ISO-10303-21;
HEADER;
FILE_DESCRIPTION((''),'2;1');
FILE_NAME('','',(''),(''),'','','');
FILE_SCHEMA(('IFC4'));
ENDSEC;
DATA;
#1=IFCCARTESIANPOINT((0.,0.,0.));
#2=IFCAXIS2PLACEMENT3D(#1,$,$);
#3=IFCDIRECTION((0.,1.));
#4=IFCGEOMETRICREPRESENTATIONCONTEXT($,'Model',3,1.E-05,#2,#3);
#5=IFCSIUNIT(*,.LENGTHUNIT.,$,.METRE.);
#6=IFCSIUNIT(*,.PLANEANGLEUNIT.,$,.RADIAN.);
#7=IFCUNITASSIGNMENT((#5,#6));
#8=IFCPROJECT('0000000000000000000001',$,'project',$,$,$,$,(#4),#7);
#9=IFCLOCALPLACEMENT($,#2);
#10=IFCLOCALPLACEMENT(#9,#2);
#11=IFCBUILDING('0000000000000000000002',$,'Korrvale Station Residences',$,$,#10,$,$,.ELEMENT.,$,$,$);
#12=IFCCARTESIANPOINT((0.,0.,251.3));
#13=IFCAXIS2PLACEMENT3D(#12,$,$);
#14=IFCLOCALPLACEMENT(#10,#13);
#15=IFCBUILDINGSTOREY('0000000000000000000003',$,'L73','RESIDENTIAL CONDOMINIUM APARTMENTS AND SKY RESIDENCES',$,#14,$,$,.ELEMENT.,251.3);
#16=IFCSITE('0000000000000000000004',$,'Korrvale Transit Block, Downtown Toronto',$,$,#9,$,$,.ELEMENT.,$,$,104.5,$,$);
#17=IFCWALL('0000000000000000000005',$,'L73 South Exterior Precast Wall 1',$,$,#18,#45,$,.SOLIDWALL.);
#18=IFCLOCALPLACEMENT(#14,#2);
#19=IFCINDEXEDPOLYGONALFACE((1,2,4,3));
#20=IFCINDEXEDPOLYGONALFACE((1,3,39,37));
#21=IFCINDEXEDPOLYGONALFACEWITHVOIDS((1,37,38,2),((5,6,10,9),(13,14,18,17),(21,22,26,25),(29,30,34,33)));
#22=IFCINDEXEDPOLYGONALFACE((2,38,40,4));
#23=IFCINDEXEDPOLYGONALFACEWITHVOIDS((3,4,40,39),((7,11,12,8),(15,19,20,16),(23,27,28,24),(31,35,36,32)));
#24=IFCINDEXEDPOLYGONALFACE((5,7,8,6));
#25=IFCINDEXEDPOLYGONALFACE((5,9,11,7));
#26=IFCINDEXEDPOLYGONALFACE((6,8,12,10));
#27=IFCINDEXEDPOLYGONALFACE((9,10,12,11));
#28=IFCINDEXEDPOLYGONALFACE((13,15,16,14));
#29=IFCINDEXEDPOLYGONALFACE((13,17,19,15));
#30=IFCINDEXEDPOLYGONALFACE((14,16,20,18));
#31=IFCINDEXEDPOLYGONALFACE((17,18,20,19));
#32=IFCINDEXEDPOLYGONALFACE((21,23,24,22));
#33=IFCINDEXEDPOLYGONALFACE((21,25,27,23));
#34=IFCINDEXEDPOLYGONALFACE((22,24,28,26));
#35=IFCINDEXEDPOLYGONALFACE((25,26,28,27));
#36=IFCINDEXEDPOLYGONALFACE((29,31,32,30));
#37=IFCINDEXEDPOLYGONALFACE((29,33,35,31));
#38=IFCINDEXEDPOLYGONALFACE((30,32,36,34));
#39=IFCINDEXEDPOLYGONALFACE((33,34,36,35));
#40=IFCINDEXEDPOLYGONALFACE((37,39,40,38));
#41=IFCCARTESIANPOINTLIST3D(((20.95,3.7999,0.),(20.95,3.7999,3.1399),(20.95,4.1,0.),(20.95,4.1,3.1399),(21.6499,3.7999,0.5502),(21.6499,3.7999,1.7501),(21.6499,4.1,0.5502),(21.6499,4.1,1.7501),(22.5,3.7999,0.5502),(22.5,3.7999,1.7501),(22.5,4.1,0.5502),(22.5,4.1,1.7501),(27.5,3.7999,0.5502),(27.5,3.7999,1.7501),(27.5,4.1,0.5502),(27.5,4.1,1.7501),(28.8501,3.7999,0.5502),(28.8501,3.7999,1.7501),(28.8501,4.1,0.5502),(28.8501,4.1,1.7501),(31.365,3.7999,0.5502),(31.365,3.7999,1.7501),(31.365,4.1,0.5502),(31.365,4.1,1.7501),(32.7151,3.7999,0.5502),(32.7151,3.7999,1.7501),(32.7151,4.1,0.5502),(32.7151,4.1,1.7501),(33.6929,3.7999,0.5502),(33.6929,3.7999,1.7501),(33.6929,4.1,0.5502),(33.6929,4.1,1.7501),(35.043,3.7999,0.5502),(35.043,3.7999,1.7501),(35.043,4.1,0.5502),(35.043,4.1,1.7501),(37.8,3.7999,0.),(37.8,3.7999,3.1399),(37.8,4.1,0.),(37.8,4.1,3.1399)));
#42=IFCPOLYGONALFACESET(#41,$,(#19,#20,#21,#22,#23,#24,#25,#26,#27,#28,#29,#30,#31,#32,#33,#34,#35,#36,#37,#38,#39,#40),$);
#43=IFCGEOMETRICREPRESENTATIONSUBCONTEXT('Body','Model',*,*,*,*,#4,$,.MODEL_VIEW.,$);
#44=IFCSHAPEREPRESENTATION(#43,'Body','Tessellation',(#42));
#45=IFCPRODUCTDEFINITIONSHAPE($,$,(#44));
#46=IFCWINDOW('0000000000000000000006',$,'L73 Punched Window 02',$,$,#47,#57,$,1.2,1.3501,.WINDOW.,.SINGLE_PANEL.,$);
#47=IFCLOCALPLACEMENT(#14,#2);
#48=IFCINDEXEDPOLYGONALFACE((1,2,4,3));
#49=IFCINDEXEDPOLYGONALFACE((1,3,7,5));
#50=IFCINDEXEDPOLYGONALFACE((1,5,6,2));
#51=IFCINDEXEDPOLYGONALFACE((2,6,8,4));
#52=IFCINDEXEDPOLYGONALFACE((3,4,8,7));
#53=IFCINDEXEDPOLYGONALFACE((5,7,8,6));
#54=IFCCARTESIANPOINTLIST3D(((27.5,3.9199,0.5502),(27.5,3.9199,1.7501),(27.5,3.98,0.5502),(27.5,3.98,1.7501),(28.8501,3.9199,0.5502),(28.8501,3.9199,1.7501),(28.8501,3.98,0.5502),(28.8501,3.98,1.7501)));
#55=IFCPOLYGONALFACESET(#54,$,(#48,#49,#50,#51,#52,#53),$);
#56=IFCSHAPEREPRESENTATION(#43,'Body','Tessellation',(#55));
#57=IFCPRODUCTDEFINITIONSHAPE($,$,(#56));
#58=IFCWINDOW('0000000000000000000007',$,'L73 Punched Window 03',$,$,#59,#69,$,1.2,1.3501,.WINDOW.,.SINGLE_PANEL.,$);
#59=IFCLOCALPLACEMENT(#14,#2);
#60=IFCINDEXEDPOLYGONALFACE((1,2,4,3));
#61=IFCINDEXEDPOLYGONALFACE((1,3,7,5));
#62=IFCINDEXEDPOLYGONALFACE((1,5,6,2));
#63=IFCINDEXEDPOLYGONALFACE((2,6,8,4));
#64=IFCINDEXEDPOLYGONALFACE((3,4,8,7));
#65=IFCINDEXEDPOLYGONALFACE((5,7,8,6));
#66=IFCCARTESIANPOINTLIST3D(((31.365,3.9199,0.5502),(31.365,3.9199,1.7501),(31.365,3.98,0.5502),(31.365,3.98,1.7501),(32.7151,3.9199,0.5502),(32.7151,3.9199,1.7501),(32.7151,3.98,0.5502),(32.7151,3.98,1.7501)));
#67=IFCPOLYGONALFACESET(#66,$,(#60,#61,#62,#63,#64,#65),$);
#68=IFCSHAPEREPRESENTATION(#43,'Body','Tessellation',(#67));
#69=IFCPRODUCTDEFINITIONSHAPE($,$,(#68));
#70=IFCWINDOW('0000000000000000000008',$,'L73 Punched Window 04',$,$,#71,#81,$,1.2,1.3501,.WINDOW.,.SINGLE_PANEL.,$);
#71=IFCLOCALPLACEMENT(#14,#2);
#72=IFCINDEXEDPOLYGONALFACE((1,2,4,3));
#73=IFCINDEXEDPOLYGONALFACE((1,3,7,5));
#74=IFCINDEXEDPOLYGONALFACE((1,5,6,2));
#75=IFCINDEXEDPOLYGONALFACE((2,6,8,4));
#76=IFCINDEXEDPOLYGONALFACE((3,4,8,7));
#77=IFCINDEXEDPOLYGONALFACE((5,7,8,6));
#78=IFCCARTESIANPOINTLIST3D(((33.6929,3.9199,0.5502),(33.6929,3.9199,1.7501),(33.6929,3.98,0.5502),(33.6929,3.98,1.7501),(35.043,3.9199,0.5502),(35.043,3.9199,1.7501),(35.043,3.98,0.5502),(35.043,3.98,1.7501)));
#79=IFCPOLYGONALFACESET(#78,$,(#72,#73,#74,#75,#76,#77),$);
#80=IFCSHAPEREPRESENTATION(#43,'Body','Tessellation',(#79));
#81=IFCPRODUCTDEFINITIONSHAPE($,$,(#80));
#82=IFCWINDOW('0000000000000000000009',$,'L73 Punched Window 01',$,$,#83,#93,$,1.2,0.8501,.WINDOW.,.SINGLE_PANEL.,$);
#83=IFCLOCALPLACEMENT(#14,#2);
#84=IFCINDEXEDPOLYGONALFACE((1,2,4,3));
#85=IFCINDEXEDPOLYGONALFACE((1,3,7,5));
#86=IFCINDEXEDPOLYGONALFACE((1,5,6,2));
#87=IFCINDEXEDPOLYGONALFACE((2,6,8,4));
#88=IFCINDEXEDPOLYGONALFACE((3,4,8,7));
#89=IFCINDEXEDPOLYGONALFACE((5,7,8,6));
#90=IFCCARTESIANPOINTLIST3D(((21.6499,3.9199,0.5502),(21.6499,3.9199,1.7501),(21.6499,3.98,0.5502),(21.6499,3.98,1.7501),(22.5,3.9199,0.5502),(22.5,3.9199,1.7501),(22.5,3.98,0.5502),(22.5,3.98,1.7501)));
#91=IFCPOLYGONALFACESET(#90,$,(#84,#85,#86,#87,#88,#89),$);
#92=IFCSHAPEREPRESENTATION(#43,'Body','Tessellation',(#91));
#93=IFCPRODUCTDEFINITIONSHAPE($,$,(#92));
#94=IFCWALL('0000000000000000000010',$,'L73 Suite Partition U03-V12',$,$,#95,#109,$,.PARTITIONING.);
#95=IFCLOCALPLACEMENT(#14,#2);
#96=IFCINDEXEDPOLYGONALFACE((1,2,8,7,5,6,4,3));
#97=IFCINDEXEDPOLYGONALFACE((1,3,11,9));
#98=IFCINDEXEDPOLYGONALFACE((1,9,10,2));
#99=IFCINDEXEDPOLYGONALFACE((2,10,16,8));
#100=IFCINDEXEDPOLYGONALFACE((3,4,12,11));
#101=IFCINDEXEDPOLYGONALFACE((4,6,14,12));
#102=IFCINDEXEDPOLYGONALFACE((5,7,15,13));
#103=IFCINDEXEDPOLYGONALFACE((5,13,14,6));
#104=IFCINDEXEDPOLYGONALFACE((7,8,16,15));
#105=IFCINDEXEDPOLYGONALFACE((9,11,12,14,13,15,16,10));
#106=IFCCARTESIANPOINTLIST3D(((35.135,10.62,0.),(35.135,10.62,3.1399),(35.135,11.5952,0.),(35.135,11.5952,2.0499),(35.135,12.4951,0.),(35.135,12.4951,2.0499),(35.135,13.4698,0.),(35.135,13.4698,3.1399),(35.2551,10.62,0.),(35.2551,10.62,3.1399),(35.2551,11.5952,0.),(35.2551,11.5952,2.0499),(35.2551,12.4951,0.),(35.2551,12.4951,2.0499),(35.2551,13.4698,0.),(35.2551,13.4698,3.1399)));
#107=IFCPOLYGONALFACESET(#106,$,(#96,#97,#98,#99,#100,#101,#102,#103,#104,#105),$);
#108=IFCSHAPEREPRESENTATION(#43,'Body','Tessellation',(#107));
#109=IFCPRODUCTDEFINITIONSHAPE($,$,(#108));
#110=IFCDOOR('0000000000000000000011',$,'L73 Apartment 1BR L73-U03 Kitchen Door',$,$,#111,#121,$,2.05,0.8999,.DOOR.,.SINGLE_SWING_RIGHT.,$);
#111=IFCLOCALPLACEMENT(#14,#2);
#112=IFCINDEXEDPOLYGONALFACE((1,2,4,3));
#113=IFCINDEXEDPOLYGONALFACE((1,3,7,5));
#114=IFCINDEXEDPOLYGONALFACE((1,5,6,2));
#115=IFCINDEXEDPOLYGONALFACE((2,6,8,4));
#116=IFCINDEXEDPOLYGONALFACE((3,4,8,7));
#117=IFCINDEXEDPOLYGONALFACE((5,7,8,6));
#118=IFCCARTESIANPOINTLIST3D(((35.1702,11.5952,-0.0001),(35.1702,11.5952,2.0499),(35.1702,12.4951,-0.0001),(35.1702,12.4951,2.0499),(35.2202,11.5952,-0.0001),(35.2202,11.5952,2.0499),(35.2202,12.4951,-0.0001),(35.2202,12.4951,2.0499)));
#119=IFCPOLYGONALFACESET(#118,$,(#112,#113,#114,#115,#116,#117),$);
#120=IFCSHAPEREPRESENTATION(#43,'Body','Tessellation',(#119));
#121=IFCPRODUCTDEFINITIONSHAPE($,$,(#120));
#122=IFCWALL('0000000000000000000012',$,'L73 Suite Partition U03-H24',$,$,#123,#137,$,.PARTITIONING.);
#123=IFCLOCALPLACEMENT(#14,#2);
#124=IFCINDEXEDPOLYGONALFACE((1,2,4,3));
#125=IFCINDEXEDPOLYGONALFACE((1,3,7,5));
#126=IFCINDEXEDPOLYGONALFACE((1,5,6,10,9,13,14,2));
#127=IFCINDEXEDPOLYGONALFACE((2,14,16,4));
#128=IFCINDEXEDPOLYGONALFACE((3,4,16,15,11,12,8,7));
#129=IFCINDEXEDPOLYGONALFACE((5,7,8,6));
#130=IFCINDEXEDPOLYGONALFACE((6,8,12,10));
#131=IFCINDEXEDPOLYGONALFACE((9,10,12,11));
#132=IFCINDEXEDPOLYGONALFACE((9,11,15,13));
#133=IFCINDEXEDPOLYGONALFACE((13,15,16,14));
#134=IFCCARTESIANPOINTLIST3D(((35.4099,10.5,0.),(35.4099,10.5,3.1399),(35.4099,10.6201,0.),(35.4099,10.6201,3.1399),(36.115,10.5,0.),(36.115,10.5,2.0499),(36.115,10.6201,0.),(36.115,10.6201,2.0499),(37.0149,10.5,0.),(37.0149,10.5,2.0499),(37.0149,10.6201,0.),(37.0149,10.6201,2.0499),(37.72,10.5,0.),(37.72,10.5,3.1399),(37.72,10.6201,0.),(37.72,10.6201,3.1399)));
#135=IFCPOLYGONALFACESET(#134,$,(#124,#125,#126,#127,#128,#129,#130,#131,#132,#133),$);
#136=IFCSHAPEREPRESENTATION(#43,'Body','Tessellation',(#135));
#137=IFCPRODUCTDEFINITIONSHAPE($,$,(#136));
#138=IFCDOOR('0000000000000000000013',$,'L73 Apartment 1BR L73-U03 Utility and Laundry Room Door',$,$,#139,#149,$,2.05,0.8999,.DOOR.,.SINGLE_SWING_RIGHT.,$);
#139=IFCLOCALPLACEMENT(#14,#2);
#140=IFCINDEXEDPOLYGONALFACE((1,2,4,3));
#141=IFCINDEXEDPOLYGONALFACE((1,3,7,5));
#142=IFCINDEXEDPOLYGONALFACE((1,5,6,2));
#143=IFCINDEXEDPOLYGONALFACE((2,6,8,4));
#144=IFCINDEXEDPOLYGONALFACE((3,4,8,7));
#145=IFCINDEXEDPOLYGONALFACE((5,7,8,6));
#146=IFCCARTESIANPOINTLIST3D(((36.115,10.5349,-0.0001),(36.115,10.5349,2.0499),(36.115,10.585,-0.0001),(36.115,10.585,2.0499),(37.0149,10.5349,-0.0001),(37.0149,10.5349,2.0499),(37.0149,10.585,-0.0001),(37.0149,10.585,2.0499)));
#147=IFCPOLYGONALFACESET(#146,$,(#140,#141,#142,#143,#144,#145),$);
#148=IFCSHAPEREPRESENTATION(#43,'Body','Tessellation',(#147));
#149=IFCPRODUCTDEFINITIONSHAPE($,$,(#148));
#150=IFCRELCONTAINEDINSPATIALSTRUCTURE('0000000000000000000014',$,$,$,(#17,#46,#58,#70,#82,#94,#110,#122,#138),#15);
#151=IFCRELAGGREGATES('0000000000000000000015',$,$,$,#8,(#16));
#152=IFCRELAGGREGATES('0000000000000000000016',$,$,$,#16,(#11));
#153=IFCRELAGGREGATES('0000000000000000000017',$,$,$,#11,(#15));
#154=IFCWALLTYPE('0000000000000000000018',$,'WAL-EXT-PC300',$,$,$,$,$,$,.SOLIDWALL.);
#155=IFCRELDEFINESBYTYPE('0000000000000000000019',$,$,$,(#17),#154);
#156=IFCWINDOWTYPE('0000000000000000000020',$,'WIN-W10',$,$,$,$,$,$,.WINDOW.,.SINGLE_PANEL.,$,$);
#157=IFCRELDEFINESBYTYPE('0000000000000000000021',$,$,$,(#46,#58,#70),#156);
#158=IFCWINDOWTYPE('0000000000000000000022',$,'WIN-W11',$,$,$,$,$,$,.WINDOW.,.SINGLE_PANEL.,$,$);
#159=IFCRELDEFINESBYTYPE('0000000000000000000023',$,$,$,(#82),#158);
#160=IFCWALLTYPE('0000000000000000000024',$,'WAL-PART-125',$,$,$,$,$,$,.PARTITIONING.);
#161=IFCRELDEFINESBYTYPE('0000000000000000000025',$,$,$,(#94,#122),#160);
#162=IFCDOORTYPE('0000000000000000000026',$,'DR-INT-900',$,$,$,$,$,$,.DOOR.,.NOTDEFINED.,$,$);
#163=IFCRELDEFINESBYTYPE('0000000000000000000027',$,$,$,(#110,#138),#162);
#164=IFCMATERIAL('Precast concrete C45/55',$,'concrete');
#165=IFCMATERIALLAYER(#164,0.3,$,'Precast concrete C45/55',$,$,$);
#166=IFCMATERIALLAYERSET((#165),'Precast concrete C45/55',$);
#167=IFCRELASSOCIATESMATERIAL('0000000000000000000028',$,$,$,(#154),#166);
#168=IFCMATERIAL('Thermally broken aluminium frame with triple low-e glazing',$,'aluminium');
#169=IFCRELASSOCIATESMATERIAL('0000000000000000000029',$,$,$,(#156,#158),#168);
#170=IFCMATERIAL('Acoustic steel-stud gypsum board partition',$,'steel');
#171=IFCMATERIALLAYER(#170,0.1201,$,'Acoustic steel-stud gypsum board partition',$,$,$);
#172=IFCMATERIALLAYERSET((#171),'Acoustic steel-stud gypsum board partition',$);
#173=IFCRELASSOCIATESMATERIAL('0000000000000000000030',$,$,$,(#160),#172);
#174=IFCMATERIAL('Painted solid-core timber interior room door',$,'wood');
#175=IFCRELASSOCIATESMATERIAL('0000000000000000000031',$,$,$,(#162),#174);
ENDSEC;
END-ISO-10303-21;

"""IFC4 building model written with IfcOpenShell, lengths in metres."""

from ifc_helpers import new_model, si_unit, direction, frame, frame_2d, origin, place, context, subcontext, project, spatial, rectangle, extrude, material, layer, layer_set, type_object, element, fill, save


model = new_model("IFC4")

# Units and contexts
model_context = context("Model", 3, precision=1e-05, world=origin(), true_north=direction((0.0, 1.0)))
body_context = subcontext(model_context, "Body", "Model", "MODEL_VIEW")
ifc_project = project(units=[si_unit("LENGTHUNIT", "METRE"), si_unit("PLANEANGLEUNIT", "RADIAN")], contexts=[model_context])

# Site, building, storey
site_placement = place(None, origin())
site = spatial("IfcSite", under=ifc_project, at=site_placement, Name="Korrvale Transit Block, Downtown Toronto", CompositionType="ELEMENT", RefElevation=104.5)
building_placement = place(site_placement, origin())
building = spatial("IfcBuilding", under=site, at=building_placement, Name="Korrvale Station Residences", CompositionType="ELEMENT")
storey_placement = place(building_placement, frame((0.0, 0.0, 251.3)))
storey = spatial("IfcBuildingStorey", under=building, at=storey_placement, Name="L73", Description="RESIDENTIAL CONDOMINIUM APARTMENTS AND SKY RESIDENCES", CompositionType="ELEMENT", Elevation=251.3)

# Shared definitions
ifc_material_1 = material(Name="Precast concrete C45/55", Category="concrete")

# Wall, openings, windows
ifc_layer_1 = layer(ifc_material_1, 0.3, Name="Precast concrete C45/55")
ifc_layer_set_1 = layer_set([ifc_layer_1], Name="Precast concrete C45/55")
wall_type_1 = type_object("IfcWallType", Name="WAL-EXT-PC300", PredefinedType="SOLIDWALL", material=ifc_layer_set_1)
wall_1_placement = place(storey_placement, frame((37.8, 3.95, 0.0), z_axis=(0.0, 0.0, 1.0), x_axis=(-1.0, 0.0, 0.0)))
wall_1 = element("IfcWall", 1, at=wall_1_placement, inside=storey, type_object=wall_type_1, Name="L73 South Exterior Precast Wall 1", PredefinedType="SOLIDWALL", context=body_context, shape_type="SweptSolid", body=[
    extrude(rectangle(XDim=16.8501, YDim=0.3, at=frame_2d((8.425, 0.0))), origin(), (0.0, 0.0, 1.0), 3.1399),
])
opening_1_placement = place(wall_1_placement, frame((15.3, 0.0, 0.55)))
opening_1 = element("IfcOpeningElement", 2, at=opening_1_placement, cuts=wall_1, PredefinedType="OPENING", context=body_context, shape_type="SweptSolid", body=[
    extrude(rectangle(XDim=0.8501, YDim=1.2, at=frame_2d((0.425, 0.6001))), frame((0.0, 0.1602, 0.0), z_axis=(0.0, -1.0, 0.0), x_axis=(1.0, 0.0, 0.0)), (0.0, 0.0, 1.0), 0.3201),
])
opening_2_placement = place(wall_1_placement, frame((8.95, 0.0, 0.55)))
opening_2 = element("IfcOpeningElement", 3, at=opening_2_placement, cuts=wall_1, PredefinedType="OPENING", context=body_context, shape_type="SweptSolid", body=[
    extrude(rectangle(XDim=1.3501, YDim=1.2, at=frame_2d((0.675, 0.6001))), frame((0.0, 0.1602, 0.0), z_axis=(0.0, -1.0, 0.0), x_axis=(1.0, 0.0, 0.0)), (0.0, 0.0, 1.0), 0.3201),
])
opening_3_placement = place(wall_1_placement, frame((5.085, 0.0, 0.55)))
opening_3 = element("IfcOpeningElement", 4, at=opening_3_placement, cuts=wall_1, PredefinedType="OPENING", context=body_context, shape_type="SweptSolid", body=[
    extrude(rectangle(XDim=1.3501, YDim=1.2, at=frame_2d((0.675, 0.6001))), frame((0.0, 0.1602, 0.0), z_axis=(0.0, -1.0, 0.0), x_axis=(1.0, 0.0, 0.0)), (0.0, 0.0, 1.0), 0.3201),
])
opening_4_placement = place(wall_1_placement, frame((2.7571, 0.0, 0.55)))
opening_4 = element("IfcOpeningElement", 5, at=opening_4_placement, cuts=wall_1, PredefinedType="OPENING", context=body_context, shape_type="SweptSolid", body=[
    extrude(rectangle(XDim=1.3501, YDim=1.2, at=frame_2d((0.675, 0.6001))), frame((0.0, 0.1602, 0.0), z_axis=(0.0, -1.0, 0.0), x_axis=(1.0, 0.0, 0.0)), (0.0, 0.0, 1.0), 0.3201),
])
ifc_material_2 = material(Name="Thermally broken aluminium frame with triple low-e glazing", Category="aluminium")
window_type_1 = type_object("IfcWindowType", Name="WIN-W10", PartitioningType="SINGLE_PANEL", PredefinedType="WINDOW", material=ifc_material_2)
window_1_placement = place(opening_2_placement, origin())
window_1 = element("IfcWindow", 6, at=window_1_placement, inside=storey, type_object=window_type_1, Name="L73 Punched Window 02", OverallHeight=1.2, OverallWidth=1.3501, PartitioningType="SINGLE_PANEL", PredefinedType="WINDOW", context=body_context, shape_type="SweptSolid", body=[
    extrude(rectangle(XDim=1.3501, YDim=1.2, at=frame_2d((0.675, 0.6001))), frame((0.0, 0.03, 0.0), z_axis=(0.0, -1.0, 0.0), x_axis=(1.0, 0.0, 0.0)), (0.0, 0.0, 1.0), 0.0601),
])
fill(opening_2, window_1)
window_2_placement = place(opening_3_placement, origin())
window_2 = element("IfcWindow", 7, at=window_2_placement, inside=storey, type_object=window_type_1, Name="L73 Punched Window 03", OverallHeight=1.2, OverallWidth=1.3501, PartitioningType="SINGLE_PANEL", PredefinedType="WINDOW", context=body_context, shape_type="SweptSolid", body=[
    extrude(rectangle(XDim=1.3501, YDim=1.2, at=frame_2d((0.675, 0.6001))), frame((0.0, 0.03, 0.0), z_axis=(0.0, -1.0, 0.0), x_axis=(1.0, 0.0, 0.0)), (0.0, 0.0, 1.0), 0.0601),
])
fill(opening_3, window_2)
window_3_placement = place(opening_4_placement, origin())
window_3 = element("IfcWindow", 8, at=window_3_placement, inside=storey, type_object=window_type_1, Name="L73 Punched Window 04", OverallHeight=1.2, OverallWidth=1.3501, PartitioningType="SINGLE_PANEL", PredefinedType="WINDOW", context=body_context, shape_type="SweptSolid", body=[
    extrude(rectangle(XDim=1.3501, YDim=1.2, at=frame_2d((0.675, 0.6001))), frame((0.0, 0.03, 0.0), z_axis=(0.0, -1.0, 0.0), x_axis=(1.0, 0.0, 0.0)), (0.0, 0.0, 1.0), 0.0601),
])
fill(opening_4, window_3)
window_type_2 = type_object("IfcWindowType", Name="WIN-W11", PartitioningType="SINGLE_PANEL", PredefinedType="WINDOW", material=ifc_material_2)
window_4_placement = place(opening_1_placement, origin())
window_4 = element("IfcWindow", 9, at=window_4_placement, inside=storey, type_object=window_type_2, Name="L73 Punched Window 01", OverallHeight=1.2, OverallWidth=0.8501, PartitioningType="SINGLE_PANEL", PredefinedType="WINDOW", context=body_context, shape_type="SweptSolid", body=[
    extrude(rectangle(XDim=0.8501, YDim=1.2, at=frame_2d((0.425, 0.6001))), frame((0.0, 0.03, 0.0), z_axis=(0.0, -1.0, 0.0), x_axis=(1.0, 0.0, 0.0)), (0.0, 0.0, 1.0), 0.0601),
])
fill(opening_1, window_4)

# Walls, openings, doors
ifc_material_3 = material(Name="Acoustic steel-stud gypsum board partition", Category="steel")
ifc_layer_2 = layer(ifc_material_3, 0.1201, Name="Acoustic steel-stud gypsum board partition")
ifc_layer_set_2 = layer_set([ifc_layer_2], Name="Acoustic steel-stud gypsum board partition")
wall_type_2 = type_object("IfcWallType", Name="WAL-PART-125", PredefinedType="PARTITIONING", material=ifc_layer_set_2)
wall_2_placement = place(storey_placement, frame((35.1951, 10.6201, 0.0), z_axis=(0.0, 0.0, 1.0), x_axis=(0.0, 1.0, 0.0)))
wall_2 = element("IfcWall", 10, at=wall_2_placement, inside=storey, type_object=wall_type_2, Name="L73 Suite Partition U03-V12", PredefinedType="PARTITIONING", context=body_context, shape_type="SweptSolid", body=[
    extrude(rectangle(XDim=2.8499, YDim=0.1201, at=frame_2d((1.4248, 0.0))), origin(), (0.0, 0.0, 1.0), 3.1399),
])
opening_5_placement = place(wall_2_placement, frame((0.9751, 0.0, 0.0)))
opening_5 = element("IfcOpeningElement", 11, at=opening_5_placement, cuts=wall_2, PredefinedType="OPENING", context=body_context, shape_type="SweptSolid", body=[
    extrude(rectangle(XDim=0.8999, YDim=2.05, at=frame_2d((0.45, 1.0249))), frame((0.0, 0.0701, 0.0), z_axis=(0.0, -1.0, 0.0), x_axis=(1.0, 0.0, 0.0)), (0.0, 0.0, 1.0), 0.1401),
])
ifc_material_4 = material(Name="Painted solid-core timber interior room door", Category="wood")
door_type = type_object("IfcDoorType", Name="DR-INT-900", OperationType="NOTDEFINED", PredefinedType="DOOR", material=ifc_material_4)
door_1_placement = place(opening_5_placement, origin())
door_1 = element("IfcDoor", 12, at=door_1_placement, inside=storey, type_object=door_type, Name="L73 Apartment 1BR L73-U03 Kitchen Door", OperationType="SINGLE_SWING_RIGHT", OverallHeight=2.05, OverallWidth=0.8999, PredefinedType="DOOR", context=body_context, shape_type="SweptSolid", body=[
    extrude(rectangle(XDim=0.8999, YDim=2.05, at=frame_2d((0.45, 1.0249))), frame((0.0, 0.0249, 0.0), z_axis=(0.0, -1.0, 0.0), x_axis=(1.0, 0.0, 0.0)), (0.0, 0.0, 1.0), 0.05),
])
fill(opening_5, door_1)
wall_3_placement = place(storey_placement, frame((35.4099, 10.5601, 0.0), z_axis=(0.0, 0.0, 1.0), x_axis=(1.0, 0.0, 0.0)))
wall_3 = element("IfcWall", 13, at=wall_3_placement, inside=storey, type_object=wall_type_2, Name="L73 Suite Partition U03-H24", PredefinedType="PARTITIONING", context=body_context, shape_type="SweptSolid", body=[
    extrude(rectangle(XDim=2.3101, YDim=0.1201, at=frame_2d((1.155, 0.0))), origin(), (0.0, 0.0, 1.0), 3.1399),
])
opening_6_placement = place(wall_3_placement, frame((0.7051, 0.0, 0.0)))
opening_6 = element("IfcOpeningElement", 14, at=opening_6_placement, cuts=wall_3, PredefinedType="OPENING", context=body_context, shape_type="SweptSolid", body=[
    extrude(rectangle(XDim=0.8999, YDim=2.05, at=frame_2d((0.45, 1.0249))), frame((0.0, 0.0701, 0.0), z_axis=(0.0, -1.0, 0.0), x_axis=(1.0, 0.0, 0.0)), (0.0, 0.0, 1.0), 0.1401),
])
door_2_placement = place(opening_6_placement, origin())
door_2 = element("IfcDoor", 15, at=door_2_placement, inside=storey, type_object=door_type, Name="L73 Apartment 1BR L73-U03 Utility and Laundry Room Door", OperationType="SINGLE_SWING_RIGHT", OverallHeight=2.05, OverallWidth=0.8999, PredefinedType="DOOR", context=body_context, shape_type="SweptSolid", body=[
    extrude(rectangle(XDim=0.8999, YDim=2.05, at=frame_2d((0.45, 1.0249))), frame((0.0, 0.0249, 0.0), z_axis=(0.0, -1.0, 0.0), x_axis=(1.0, 0.0, 0.0)), (0.0, 0.0, 1.0), 0.05),
])
fill(opening_6, door_2)

save(model, "model.ifc")
